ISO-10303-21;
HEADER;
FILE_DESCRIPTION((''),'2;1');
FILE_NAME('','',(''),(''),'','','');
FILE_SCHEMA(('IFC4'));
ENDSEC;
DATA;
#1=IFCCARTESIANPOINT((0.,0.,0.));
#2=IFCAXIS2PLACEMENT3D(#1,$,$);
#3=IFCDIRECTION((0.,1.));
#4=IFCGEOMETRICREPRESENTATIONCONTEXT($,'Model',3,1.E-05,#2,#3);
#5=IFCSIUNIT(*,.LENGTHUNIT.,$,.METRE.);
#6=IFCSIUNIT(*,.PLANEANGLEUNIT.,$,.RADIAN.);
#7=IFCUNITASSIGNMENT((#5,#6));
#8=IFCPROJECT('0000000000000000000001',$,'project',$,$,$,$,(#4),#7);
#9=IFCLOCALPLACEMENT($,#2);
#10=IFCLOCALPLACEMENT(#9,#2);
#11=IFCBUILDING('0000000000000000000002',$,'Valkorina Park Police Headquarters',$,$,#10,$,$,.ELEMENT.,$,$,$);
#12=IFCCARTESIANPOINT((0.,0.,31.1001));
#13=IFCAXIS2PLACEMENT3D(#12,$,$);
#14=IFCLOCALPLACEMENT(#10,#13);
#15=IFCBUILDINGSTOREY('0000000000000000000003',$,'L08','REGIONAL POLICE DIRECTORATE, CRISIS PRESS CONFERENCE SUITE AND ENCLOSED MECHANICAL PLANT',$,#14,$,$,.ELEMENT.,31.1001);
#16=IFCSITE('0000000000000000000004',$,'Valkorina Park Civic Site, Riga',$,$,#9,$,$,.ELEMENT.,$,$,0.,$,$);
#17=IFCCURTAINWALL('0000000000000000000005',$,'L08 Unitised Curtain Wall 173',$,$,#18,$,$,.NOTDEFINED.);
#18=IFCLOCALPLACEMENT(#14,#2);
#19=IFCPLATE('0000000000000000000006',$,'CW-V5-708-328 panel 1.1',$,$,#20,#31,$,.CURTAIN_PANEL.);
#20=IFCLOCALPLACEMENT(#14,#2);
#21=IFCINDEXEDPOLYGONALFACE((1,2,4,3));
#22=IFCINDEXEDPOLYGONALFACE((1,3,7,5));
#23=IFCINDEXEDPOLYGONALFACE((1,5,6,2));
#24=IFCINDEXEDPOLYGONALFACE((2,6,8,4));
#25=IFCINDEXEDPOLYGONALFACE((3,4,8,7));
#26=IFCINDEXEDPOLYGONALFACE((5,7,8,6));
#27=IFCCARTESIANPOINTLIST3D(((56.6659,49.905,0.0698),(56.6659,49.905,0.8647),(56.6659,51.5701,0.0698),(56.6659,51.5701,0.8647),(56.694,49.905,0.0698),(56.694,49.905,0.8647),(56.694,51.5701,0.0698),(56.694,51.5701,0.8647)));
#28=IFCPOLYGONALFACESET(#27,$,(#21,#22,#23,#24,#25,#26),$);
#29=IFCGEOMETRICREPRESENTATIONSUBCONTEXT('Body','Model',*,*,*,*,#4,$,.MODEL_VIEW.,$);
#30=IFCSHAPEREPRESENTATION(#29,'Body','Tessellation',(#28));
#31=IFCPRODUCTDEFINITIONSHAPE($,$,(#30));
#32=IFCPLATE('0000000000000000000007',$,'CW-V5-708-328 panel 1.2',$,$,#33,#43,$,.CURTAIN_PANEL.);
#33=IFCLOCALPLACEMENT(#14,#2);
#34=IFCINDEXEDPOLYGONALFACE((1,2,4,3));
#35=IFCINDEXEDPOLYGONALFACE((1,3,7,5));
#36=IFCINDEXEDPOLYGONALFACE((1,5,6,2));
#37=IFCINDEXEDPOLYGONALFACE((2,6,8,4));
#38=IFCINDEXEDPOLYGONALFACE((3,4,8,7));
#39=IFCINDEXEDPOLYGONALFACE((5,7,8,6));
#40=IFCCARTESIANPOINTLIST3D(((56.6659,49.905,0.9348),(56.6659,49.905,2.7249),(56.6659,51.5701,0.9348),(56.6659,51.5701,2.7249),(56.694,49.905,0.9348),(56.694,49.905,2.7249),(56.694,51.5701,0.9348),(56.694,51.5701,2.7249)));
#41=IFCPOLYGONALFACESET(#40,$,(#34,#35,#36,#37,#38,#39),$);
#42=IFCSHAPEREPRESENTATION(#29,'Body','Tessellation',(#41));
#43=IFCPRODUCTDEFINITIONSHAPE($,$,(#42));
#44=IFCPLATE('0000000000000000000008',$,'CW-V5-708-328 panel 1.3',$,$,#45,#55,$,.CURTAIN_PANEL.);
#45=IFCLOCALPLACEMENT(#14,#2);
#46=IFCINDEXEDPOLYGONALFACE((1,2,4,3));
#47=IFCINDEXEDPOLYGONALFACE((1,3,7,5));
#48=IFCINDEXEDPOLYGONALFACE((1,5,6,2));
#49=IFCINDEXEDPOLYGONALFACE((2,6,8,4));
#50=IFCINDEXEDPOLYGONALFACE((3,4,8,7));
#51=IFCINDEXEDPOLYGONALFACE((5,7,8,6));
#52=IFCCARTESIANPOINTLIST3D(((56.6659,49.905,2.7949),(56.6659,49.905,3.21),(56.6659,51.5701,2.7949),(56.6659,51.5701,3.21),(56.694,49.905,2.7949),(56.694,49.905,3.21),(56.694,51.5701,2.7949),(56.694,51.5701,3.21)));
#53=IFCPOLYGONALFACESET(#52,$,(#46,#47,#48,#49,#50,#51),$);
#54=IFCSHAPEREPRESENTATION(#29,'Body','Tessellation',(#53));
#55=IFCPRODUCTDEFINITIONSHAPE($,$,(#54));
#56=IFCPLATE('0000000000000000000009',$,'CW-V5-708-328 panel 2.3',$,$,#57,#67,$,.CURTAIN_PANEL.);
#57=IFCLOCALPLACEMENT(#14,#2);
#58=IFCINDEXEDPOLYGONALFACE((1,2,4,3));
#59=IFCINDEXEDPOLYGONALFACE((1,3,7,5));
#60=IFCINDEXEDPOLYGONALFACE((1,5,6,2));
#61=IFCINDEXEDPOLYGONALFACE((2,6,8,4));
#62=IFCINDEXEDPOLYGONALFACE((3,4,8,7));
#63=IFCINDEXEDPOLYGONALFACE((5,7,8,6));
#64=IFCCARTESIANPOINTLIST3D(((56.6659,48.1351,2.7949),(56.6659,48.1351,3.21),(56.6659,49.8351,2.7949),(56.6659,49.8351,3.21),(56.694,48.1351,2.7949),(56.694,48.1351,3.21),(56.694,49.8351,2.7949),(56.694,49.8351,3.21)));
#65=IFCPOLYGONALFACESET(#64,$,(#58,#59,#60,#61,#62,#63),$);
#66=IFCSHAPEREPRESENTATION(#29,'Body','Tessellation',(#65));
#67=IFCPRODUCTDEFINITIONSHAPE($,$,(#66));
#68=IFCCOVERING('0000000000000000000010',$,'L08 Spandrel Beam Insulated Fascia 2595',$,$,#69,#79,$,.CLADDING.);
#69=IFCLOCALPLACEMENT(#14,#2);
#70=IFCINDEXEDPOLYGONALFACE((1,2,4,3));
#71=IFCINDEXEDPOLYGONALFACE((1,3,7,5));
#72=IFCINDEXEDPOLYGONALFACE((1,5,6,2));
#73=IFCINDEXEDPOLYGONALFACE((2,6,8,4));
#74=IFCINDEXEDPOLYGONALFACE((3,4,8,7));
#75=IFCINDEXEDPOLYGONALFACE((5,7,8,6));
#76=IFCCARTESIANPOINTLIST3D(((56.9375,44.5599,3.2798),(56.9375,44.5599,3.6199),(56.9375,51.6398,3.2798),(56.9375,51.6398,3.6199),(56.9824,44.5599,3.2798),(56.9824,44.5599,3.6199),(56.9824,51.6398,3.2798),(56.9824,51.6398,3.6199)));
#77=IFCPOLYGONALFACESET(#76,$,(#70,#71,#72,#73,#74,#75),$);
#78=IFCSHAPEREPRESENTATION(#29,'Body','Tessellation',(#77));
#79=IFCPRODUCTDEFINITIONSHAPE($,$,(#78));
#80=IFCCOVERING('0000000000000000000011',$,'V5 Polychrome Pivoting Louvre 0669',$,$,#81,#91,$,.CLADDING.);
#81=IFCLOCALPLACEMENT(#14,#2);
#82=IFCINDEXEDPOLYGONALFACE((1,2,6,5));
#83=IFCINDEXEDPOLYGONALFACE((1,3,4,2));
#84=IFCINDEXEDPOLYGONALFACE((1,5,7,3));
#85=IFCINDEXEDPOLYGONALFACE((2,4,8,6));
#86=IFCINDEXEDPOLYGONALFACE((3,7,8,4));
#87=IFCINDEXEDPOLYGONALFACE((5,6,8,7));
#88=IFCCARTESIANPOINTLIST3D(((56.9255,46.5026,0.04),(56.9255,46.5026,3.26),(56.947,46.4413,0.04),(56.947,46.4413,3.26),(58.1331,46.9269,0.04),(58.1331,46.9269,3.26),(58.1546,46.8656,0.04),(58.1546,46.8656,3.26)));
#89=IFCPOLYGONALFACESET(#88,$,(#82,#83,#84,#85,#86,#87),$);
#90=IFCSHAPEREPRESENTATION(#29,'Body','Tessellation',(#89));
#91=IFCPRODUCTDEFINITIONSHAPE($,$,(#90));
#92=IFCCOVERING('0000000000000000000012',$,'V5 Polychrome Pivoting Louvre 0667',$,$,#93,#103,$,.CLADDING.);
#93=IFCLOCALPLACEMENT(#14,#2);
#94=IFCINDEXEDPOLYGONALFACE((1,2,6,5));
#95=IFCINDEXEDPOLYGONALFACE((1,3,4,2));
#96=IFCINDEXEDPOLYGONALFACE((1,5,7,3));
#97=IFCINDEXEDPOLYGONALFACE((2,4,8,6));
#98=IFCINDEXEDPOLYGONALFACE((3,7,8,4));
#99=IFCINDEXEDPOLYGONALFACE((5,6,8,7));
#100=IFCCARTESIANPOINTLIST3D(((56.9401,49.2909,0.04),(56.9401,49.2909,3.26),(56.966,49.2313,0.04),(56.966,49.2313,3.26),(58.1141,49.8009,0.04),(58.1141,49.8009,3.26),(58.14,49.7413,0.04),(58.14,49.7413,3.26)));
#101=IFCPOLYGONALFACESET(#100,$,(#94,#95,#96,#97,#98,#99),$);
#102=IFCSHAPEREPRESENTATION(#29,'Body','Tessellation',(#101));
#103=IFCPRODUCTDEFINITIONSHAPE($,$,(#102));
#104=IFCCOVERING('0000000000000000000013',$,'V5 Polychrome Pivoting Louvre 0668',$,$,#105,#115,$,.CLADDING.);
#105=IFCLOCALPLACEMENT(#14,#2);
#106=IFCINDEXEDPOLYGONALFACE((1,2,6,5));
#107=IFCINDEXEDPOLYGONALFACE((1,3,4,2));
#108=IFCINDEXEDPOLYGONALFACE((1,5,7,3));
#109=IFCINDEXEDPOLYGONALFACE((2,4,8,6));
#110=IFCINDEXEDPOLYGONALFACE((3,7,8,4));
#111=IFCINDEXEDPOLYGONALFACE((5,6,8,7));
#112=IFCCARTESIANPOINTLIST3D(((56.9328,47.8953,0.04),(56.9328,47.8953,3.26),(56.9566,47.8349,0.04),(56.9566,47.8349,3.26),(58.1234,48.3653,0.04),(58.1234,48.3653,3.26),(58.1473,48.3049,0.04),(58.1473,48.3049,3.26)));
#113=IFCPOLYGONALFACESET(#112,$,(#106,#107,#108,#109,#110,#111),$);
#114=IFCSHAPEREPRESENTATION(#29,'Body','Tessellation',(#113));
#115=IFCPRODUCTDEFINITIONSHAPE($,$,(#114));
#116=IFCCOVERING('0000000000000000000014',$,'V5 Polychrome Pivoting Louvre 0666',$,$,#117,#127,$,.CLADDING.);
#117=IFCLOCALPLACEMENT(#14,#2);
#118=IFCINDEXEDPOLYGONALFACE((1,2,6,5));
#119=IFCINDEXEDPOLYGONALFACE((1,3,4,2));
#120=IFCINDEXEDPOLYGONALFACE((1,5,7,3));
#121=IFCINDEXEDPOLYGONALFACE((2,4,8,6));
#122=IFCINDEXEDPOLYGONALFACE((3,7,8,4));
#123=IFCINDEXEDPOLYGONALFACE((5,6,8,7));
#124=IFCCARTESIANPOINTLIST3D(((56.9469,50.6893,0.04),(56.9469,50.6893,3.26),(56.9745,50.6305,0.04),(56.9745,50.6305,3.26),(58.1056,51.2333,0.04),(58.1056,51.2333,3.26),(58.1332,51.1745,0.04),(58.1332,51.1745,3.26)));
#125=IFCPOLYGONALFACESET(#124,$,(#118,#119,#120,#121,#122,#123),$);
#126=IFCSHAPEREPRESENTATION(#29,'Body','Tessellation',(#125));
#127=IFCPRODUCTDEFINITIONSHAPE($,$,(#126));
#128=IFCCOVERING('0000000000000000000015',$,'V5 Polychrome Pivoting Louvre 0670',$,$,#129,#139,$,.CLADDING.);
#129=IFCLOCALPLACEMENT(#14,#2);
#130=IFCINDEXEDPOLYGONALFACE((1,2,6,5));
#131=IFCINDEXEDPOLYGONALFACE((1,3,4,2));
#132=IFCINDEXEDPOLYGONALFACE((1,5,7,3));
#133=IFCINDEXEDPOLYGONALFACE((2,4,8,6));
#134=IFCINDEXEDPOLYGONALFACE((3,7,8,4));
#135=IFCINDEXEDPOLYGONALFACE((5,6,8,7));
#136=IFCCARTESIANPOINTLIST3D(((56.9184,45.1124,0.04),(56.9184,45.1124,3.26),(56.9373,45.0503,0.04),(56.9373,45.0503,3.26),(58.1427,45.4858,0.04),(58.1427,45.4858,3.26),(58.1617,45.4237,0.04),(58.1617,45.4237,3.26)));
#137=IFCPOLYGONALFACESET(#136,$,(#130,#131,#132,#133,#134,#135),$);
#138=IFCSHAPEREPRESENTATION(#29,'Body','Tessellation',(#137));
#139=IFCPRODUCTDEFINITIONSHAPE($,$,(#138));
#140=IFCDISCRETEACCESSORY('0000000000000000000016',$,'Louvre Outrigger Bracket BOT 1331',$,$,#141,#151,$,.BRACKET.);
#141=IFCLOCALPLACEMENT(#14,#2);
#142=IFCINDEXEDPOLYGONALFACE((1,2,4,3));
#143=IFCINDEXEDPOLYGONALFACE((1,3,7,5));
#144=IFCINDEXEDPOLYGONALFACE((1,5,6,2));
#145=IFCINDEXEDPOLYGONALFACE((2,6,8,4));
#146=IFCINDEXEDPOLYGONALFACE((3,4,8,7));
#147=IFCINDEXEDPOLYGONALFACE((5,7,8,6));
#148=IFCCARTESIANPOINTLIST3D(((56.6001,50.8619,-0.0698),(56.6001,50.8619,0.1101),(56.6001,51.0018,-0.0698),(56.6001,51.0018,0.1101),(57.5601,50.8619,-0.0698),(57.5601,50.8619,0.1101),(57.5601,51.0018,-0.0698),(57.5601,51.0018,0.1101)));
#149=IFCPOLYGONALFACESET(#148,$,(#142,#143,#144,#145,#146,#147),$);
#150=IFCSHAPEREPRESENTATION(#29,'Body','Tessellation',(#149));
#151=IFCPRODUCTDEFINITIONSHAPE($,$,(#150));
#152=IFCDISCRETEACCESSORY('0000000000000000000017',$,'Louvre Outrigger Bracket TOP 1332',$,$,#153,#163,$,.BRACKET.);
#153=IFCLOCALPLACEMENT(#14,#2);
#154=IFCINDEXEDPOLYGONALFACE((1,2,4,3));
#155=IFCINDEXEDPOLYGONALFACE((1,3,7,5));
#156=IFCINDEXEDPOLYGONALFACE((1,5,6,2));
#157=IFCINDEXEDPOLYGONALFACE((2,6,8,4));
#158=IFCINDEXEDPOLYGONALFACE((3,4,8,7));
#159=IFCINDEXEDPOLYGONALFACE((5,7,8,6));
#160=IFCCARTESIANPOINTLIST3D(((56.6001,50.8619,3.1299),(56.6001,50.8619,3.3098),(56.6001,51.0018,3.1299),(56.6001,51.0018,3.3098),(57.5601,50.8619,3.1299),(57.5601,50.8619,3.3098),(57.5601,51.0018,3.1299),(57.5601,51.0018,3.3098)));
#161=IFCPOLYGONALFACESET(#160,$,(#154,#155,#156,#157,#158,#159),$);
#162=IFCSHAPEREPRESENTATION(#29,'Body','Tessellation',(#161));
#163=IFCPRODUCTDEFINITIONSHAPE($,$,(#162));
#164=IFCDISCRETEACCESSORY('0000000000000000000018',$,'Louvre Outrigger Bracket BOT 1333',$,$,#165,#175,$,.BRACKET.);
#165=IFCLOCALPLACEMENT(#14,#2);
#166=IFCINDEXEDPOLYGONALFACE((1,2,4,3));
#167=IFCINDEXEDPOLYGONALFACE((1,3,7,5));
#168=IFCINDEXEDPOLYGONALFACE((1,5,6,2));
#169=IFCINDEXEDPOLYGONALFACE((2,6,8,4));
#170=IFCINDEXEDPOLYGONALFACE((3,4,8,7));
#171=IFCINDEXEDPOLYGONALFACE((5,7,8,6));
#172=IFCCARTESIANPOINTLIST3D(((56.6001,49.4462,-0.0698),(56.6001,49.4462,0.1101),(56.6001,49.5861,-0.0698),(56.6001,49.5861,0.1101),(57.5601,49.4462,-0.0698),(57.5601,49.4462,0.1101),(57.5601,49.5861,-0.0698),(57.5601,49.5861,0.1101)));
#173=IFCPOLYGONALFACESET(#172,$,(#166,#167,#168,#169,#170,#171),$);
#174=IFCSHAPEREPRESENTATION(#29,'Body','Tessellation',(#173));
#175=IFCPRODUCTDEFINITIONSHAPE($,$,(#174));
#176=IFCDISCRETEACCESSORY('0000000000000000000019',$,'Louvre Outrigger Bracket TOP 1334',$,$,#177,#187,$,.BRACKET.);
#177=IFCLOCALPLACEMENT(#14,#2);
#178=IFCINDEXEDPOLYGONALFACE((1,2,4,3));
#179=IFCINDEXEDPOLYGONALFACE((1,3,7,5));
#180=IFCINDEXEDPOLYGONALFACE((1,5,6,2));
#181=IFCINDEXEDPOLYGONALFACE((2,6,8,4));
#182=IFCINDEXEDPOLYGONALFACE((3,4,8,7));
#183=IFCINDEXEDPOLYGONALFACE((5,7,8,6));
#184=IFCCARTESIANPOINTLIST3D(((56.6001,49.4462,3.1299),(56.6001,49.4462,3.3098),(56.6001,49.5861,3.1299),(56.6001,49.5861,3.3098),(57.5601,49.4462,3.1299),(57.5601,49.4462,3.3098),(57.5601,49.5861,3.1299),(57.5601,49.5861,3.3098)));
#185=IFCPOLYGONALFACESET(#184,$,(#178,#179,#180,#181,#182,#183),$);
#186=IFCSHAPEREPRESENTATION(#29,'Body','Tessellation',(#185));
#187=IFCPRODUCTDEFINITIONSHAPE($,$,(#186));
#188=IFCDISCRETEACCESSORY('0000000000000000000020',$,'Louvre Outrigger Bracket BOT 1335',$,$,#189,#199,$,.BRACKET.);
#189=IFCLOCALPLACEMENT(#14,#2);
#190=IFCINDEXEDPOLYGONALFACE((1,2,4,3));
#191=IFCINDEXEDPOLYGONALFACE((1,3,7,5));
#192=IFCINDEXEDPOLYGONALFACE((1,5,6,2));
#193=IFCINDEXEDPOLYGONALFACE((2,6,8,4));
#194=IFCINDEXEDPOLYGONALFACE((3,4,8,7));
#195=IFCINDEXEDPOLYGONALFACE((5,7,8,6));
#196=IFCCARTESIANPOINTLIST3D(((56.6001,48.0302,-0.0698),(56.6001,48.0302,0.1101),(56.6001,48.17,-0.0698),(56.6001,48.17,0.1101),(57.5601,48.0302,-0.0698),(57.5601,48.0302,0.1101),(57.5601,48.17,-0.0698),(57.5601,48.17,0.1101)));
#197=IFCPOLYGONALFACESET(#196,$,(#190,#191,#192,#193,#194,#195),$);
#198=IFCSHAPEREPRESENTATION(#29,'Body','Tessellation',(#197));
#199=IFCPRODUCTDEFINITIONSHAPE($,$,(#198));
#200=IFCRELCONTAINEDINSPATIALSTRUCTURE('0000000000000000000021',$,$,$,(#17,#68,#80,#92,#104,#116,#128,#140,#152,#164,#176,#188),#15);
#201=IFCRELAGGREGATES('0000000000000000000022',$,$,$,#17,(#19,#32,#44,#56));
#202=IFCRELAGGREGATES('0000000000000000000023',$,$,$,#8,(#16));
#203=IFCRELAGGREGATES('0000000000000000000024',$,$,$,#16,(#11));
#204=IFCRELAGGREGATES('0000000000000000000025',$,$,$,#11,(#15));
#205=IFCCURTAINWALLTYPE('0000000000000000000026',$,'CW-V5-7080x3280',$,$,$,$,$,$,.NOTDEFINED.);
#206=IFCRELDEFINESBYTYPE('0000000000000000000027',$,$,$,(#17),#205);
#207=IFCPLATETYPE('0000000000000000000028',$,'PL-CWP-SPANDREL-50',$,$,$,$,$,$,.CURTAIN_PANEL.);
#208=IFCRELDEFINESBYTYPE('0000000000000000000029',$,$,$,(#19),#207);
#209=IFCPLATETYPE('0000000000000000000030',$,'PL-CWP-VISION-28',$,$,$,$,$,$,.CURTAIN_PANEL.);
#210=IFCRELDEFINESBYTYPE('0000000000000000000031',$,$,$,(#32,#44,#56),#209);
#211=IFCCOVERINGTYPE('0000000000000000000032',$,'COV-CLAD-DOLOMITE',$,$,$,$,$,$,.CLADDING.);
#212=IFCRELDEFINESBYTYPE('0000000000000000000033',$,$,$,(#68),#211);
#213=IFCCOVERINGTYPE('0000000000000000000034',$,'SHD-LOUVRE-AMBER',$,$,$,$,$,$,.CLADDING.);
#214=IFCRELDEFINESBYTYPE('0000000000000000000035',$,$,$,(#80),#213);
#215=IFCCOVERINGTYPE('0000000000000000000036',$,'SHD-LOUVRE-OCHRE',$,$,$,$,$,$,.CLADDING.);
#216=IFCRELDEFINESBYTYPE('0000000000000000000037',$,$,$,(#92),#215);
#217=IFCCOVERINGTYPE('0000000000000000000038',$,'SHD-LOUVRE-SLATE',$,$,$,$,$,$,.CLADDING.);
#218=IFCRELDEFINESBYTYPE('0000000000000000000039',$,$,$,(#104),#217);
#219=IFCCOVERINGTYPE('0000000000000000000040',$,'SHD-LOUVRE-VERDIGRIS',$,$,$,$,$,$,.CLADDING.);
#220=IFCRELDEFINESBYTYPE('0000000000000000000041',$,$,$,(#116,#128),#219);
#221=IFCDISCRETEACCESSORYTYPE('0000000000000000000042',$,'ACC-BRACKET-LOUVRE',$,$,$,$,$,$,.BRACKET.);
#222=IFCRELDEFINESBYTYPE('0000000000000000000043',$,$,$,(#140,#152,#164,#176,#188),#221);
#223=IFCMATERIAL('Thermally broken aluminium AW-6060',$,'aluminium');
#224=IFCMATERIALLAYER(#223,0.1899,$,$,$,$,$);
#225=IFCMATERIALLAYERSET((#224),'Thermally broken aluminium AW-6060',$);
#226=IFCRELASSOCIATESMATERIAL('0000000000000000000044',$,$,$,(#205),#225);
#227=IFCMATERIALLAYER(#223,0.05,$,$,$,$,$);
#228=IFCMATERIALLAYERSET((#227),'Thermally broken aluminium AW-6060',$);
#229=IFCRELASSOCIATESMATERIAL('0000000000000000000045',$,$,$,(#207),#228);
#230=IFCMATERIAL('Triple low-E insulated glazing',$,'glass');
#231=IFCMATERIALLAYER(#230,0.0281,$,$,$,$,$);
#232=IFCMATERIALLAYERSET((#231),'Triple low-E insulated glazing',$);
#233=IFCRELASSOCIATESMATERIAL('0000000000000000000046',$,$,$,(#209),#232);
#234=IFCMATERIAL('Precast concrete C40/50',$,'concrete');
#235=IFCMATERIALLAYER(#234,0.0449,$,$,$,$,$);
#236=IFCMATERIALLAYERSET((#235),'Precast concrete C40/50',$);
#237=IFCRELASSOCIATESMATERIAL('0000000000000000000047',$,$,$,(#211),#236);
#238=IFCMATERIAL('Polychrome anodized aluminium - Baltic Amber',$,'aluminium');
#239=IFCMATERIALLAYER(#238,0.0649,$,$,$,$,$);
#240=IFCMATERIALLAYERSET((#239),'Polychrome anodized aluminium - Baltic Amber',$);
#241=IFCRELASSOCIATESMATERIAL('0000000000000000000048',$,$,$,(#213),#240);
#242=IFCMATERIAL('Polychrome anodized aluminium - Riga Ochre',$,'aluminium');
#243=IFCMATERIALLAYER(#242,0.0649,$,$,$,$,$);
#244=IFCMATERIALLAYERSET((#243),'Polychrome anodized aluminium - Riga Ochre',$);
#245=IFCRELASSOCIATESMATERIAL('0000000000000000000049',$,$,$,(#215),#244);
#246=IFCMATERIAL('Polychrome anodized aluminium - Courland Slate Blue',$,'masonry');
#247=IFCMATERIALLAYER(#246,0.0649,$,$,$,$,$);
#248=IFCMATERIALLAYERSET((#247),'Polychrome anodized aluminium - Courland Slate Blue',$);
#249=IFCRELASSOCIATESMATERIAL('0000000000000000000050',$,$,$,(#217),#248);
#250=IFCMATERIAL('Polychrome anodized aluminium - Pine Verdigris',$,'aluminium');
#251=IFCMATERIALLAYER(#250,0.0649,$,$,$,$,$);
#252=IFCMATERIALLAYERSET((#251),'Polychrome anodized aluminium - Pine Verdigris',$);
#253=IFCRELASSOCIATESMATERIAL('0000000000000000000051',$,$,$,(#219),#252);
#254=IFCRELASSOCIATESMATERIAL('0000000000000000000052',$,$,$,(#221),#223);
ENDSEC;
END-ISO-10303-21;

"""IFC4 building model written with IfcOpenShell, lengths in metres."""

from ifc_helpers import new_model, si_unit, direction, frame, frame_2d, origin, origin_2d, place, context, subcontext, project, spatial, rectangle, extrude, material, layer, layer_set, type_object, element, aggregate, save


model = new_model("IFC4")

# Units and contexts
model_context = context("Model", 3, precision=1e-05, world=origin(), true_north=direction((0.0, 1.0)))
body_context = subcontext(model_context, "Body", "Model", "MODEL_VIEW")
ifc_project = project(units=[si_unit("LENGTHUNIT", "METRE"), si_unit("PLANEANGLEUNIT", "RADIAN")], contexts=[model_context])

# Site, building, storey
site_placement = place(None, origin())
site = spatial("IfcSite", under=ifc_project, at=site_placement, Name="Valkorina Park Civic Site, Riga", CompositionType="ELEMENT", RefElevation=0.0)
building_placement = place(site_placement, origin())
building = spatial("IfcBuilding", under=site, at=building_placement, Name="Valkorina Park Police Headquarters", CompositionType="ELEMENT")
storey_placement = place(building_placement, frame((0.0, 0.0, 31.1001)))
storey = spatial("IfcBuildingStorey", under=building, at=storey_placement, Name="L08", Description="REGIONAL POLICE DIRECTORATE, CRISIS PRESS CONFERENCE SUITE AND ENCLOSED MECHANICAL PLANT", CompositionType="ELEMENT", Elevation=31.1001)

# Curtain wall, plates
ifc_material_1 = material(Name="Thermally broken aluminium AW-6060", Category="aluminium")
ifc_layer_1 = layer(ifc_material_1, 0.1899)
ifc_layer_set_1 = layer_set([ifc_layer_1], Name="Thermally broken aluminium AW-6060")
curtain_wall_type = type_object("IfcCurtainWallType", Name="CW-V5-7080x3280", PredefinedType="NOTDEFINED", material=ifc_layer_set_1)
curtain_wall_placement = place(storey_placement, origin())
curtain_wall = element("IfcCurtainWall", 1, at=curtain_wall_placement, inside=storey, type_object=curtain_wall_type, Name="L08 Unitised Curtain Wall 173", PredefinedType="NOTDEFINED")
ifc_layer_2 = layer(ifc_material_1, 0.05)
ifc_layer_set_2 = layer_set([ifc_layer_2], Name="Thermally broken aluminium AW-6060")
plate_type_1 = type_object("IfcPlateType", Name="PL-CWP-SPANDREL-50", PredefinedType="CURTAIN_PANEL", material=ifc_layer_set_2)
plate_1_placement = place(storey_placement, frame((56.6799, 50.7375, 0.0698), z_axis=(0.0, 0.0, 1.0), x_axis=(0.0, -1.0, 0.0)))
plate_1 = element("IfcPlate", 2, at=plate_1_placement, type_object=plate_type_1, Name="CW-V5-708-328 panel 1.1", PredefinedType="CURTAIN_PANEL", context=body_context, shape_type="SweptSolid", body=[
    extrude(rectangle(XDim=1.665, YDim=0.0281, at=origin_2d()), origin(), (0.0, 0.0, 1.0), 0.7949),
])
ifc_material_2 = material(Name="Triple low-E insulated glazing", Category="glass")
ifc_layer_3 = layer(ifc_material_2, 0.0281)
ifc_layer_set_3 = layer_set([ifc_layer_3], Name="Triple low-E insulated glazing")
plate_type_2 = type_object("IfcPlateType", Name="PL-CWP-VISION-28", PredefinedType="CURTAIN_PANEL", material=ifc_layer_set_3)
plate_2_placement = place(storey_placement, frame((56.6799, 50.7375, 0.9348), z_axis=(0.0, 0.0, 1.0), x_axis=(0.0, -1.0, 0.0)))
plate_2 = element("IfcPlate", 3, at=plate_2_placement, type_object=plate_type_2, Name="CW-V5-708-328 panel 1.2", PredefinedType="CURTAIN_PANEL", context=body_context, shape_type="SweptSolid", body=[
    extrude(rectangle(XDim=1.665, YDim=0.0281, at=origin_2d()), origin(), (0.0, 0.0, 1.0), 1.79),
])
plate_3_placement = place(storey_placement, frame((56.6799, 50.7375, 2.7949), z_axis=(0.0, 0.0, 1.0), x_axis=(0.0, -1.0, 0.0)))
plate_3 = element("IfcPlate", 4, at=plate_3_placement, type_object=plate_type_2, Name="CW-V5-708-328 panel 1.3", PredefinedType="CURTAIN_PANEL", context=body_context, shape_type="SweptSolid", body=[
    extrude(rectangle(XDim=1.665, YDim=0.0281, at=origin_2d()), origin(), (0.0, 0.0, 1.0), 0.415),
])
plate_4_placement = place(storey_placement, frame((56.6799, 48.9851, 2.7949), z_axis=(0.0, 0.0, 1.0), x_axis=(0.0, -1.0, 0.0)))
plate_4 = element("IfcPlate", 5, at=plate_4_placement, type_object=plate_type_2, Name="CW-V5-708-328 panel 2.3", PredefinedType="CURTAIN_PANEL", context=body_context, shape_type="SweptSolid", body=[
    extrude(rectangle(XDim=1.7, YDim=0.0281, at=origin_2d()), origin(), (0.0, 0.0, 1.0), 0.415),
])
aggregate(curtain_wall, [plate_1, plate_2, plate_3, plate_4])

# Covering
ifc_material_3 = material(Name="Precast concrete C40/50", Category="concrete")
ifc_layer_4 = layer(ifc_material_3, 0.0449)
ifc_layer_set_4 = layer_set([ifc_layer_4], Name="Precast concrete C40/50")
covering_type_1 = type_object("IfcCoveringType", Name="COV-CLAD-DOLOMITE", PredefinedType="CLADDING", material=ifc_layer_set_4)
covering_1_placement = place(storey_placement, frame((56.96, 51.6399, 3.2798), z_axis=(0.0, 0.0, 1.0), x_axis=(0.0, -1.0, 0.0)))
element("IfcCovering", 6, at=covering_1_placement, inside=storey, type_object=covering_type_1, Name="L08 Spandrel Beam Insulated Fascia 2595", PredefinedType="CLADDING", context=body_context, shape_type="SweptSolid", body=[
    extrude(rectangle(XDim=7.0798, YDim=0.0449, at=frame_2d((3.54, 0.0))), origin(), (0.0, 0.0, 1.0), 0.3401),
])

# Coverings
ifc_material_4 = material(Name="Polychrome anodized aluminium - Baltic Amber", Category="aluminium")
ifc_layer_5 = layer(ifc_material_4, 0.0649)
ifc_layer_set_5 = layer_set([ifc_layer_5], Name="Polychrome anodized aluminium - Baltic Amber")
covering_type_2 = type_object("IfcCoveringType", Name="SHD-LOUVRE-AMBER", PredefinedType="CLADDING", material=ifc_layer_set_5)
covering_2_placement = place(storey_placement, frame((57.54, 46.6841, 0.04), z_axis=(0.0, 0.0, 1.0), x_axis=(0.943454, 0.331503, 0.0)))
element("IfcCovering", 7, at=covering_2_placement, inside=storey, type_object=covering_type_2, Name="V5 Polychrome Pivoting Louvre 0669", PredefinedType="CLADDING", context=body_context, shape_type="SweptSolid", body=[
    extrude(rectangle(XDim=1.28, YDim=0.0649, at=origin_2d()), origin(), (0.0, 0.0, 1.0), 3.22),
])
ifc_material_5 = material(Name="Polychrome anodized aluminium - Riga Ochre", Category="aluminium")
ifc_layer_6 = layer(ifc_material_5, 0.0649)
ifc_layer_set_6 = layer_set([ifc_layer_6], Name="Polychrome anodized aluminium - Riga Ochre")
covering_type_3 = type_object("IfcCoveringType", Name="SHD-LOUVRE-OCHRE", PredefinedType="CLADDING", material=ifc_layer_set_6)
covering_3_placement = place(storey_placement, frame((57.54, 49.5161, 0.04), z_axis=(0.0, 0.0, 1.0), x_axis=(0.917199, 0.398429, 0.0)))
element("IfcCovering", 8, at=covering_3_placement, inside=storey, type_object=covering_type_3, Name="V5 Polychrome Pivoting Louvre 0667", PredefinedType="CLADDING", context=body_context, shape_type="SweptSolid", body=[
    extrude(rectangle(XDim=1.28, YDim=0.0649, at=origin_2d()), origin(), (0.0, 0.0, 1.0), 3.22),
])
ifc_material_6 = material(Name="Polychrome anodized aluminium - Courland Slate Blue", Category="masonry")
ifc_layer_7 = layer(ifc_material_6, 0.0649)
ifc_layer_set_7 = layer_set([ifc_layer_7], Name="Polychrome anodized aluminium - Courland Slate Blue")
covering_type_4 = type_object("IfcCoveringType", Name="SHD-LOUVRE-SLATE", PredefinedType="CLADDING", material=ifc_layer_set_7)
covering_4_placement = place(storey_placement, frame((57.54, 48.1001, 0.04), z_axis=(0.0, 0.0, 1.0), x_axis=(0.930161, 0.367151, 0.0)))
element("IfcCovering", 9, at=covering_4_placement, inside=storey, type_object=covering_type_4, Name="V5 Polychrome Pivoting Louvre 0668", PredefinedType="CLADDING", context=body_context, shape_type="SweptSolid", body=[
    extrude(rectangle(XDim=1.28, YDim=0.0649, at=origin_2d()), origin(), (0.0, 0.0, 1.0), 3.22),
])
ifc_material_7 = material(Name="Polychrome anodized aluminium - Pine Verdigris", Category="aluminium")
ifc_layer_8 = layer(ifc_material_7, 0.0649)
ifc_layer_set_8 = layer_set([ifc_layer_8], Name="Polychrome anodized aluminium - Pine Verdigris")
covering_type_5 = type_object("IfcCoveringType", Name="SHD-LOUVRE-VERDIGRIS", PredefinedType="CLADDING", material=ifc_layer_set_8)
for number, where, z_axis, x_axis, name in (
    (10, (57.54, 50.9319, 0.04), (0.0, 0.0, 1.0), (0.905198, 0.42499, 0.0), "V5 Polychrome Pivoting Louvre 0666"),
    (11, (57.54, 45.2681, 0.04), (0.0, 0.0, 1.0), (0.956509, 0.291704, 0.0), "V5 Polychrome Pivoting Louvre 0670"),
):
    element("IfcCovering", number, at=place(storey_placement, frame(where, z_axis=z_axis, x_axis=x_axis)), inside=storey, type_object=covering_type_5, Name=name, PredefinedType="CLADDING", context=body_context, shape_type="SweptSolid", body=[
        extrude(rectangle(XDim=1.28, YDim=0.0649, at=origin_2d()), origin(), (0.0, 0.0, 1.0), 3.22),
    ])

# Discrete accessories
discrete_accessory_type = type_object("IfcDiscreteAccessoryType", Name="ACC-BRACKET-LOUVRE", PredefinedType="BRACKET", material=ifc_material_1)
for number, where, z_axis, x_axis, name in (
    (12, (57.0801, 50.9319, -0.0698), (0.0, 0.0, 1.0), (1.0, 0.0, 0.0), "Louvre Outrigger Bracket BOT 1331"),
    (13, (57.0801, 50.9319, 3.1299), (0.0, 0.0, 1.0), (1.0, 0.0, 0.0), "Louvre Outrigger Bracket TOP 1332"),
    (14, (57.0801, 49.5161, -0.0698), (0.0, 0.0, 1.0), (1.0, 0.0, 0.0), "Louvre Outrigger Bracket BOT 1333"),
    (15, (57.0801, 49.5161, 3.1299), (0.0, 0.0, 1.0), (1.0, 0.0, 0.0), "Louvre Outrigger Bracket TOP 1334"),
    (16, (57.0801, 48.1001, -0.0698), (0.0, 0.0, 1.0), (1.0, 0.0, 0.0), "Louvre Outrigger Bracket BOT 1335"),
):
    element("IfcDiscreteAccessory", number, at=place(storey_placement, frame(where, z_axis=z_axis, x_axis=x_axis)), inside=storey, type_object=discrete_accessory_type, Name=name, PredefinedType="BRACKET", context=body_context, shape_type="SweptSolid", body=[
        extrude(rectangle(XDim=0.96, YDim=0.1399, at=origin_2d()), origin(), (0.0, 0.0, 1.0), 0.1799),
    ])

save(model, "model.ifc")
